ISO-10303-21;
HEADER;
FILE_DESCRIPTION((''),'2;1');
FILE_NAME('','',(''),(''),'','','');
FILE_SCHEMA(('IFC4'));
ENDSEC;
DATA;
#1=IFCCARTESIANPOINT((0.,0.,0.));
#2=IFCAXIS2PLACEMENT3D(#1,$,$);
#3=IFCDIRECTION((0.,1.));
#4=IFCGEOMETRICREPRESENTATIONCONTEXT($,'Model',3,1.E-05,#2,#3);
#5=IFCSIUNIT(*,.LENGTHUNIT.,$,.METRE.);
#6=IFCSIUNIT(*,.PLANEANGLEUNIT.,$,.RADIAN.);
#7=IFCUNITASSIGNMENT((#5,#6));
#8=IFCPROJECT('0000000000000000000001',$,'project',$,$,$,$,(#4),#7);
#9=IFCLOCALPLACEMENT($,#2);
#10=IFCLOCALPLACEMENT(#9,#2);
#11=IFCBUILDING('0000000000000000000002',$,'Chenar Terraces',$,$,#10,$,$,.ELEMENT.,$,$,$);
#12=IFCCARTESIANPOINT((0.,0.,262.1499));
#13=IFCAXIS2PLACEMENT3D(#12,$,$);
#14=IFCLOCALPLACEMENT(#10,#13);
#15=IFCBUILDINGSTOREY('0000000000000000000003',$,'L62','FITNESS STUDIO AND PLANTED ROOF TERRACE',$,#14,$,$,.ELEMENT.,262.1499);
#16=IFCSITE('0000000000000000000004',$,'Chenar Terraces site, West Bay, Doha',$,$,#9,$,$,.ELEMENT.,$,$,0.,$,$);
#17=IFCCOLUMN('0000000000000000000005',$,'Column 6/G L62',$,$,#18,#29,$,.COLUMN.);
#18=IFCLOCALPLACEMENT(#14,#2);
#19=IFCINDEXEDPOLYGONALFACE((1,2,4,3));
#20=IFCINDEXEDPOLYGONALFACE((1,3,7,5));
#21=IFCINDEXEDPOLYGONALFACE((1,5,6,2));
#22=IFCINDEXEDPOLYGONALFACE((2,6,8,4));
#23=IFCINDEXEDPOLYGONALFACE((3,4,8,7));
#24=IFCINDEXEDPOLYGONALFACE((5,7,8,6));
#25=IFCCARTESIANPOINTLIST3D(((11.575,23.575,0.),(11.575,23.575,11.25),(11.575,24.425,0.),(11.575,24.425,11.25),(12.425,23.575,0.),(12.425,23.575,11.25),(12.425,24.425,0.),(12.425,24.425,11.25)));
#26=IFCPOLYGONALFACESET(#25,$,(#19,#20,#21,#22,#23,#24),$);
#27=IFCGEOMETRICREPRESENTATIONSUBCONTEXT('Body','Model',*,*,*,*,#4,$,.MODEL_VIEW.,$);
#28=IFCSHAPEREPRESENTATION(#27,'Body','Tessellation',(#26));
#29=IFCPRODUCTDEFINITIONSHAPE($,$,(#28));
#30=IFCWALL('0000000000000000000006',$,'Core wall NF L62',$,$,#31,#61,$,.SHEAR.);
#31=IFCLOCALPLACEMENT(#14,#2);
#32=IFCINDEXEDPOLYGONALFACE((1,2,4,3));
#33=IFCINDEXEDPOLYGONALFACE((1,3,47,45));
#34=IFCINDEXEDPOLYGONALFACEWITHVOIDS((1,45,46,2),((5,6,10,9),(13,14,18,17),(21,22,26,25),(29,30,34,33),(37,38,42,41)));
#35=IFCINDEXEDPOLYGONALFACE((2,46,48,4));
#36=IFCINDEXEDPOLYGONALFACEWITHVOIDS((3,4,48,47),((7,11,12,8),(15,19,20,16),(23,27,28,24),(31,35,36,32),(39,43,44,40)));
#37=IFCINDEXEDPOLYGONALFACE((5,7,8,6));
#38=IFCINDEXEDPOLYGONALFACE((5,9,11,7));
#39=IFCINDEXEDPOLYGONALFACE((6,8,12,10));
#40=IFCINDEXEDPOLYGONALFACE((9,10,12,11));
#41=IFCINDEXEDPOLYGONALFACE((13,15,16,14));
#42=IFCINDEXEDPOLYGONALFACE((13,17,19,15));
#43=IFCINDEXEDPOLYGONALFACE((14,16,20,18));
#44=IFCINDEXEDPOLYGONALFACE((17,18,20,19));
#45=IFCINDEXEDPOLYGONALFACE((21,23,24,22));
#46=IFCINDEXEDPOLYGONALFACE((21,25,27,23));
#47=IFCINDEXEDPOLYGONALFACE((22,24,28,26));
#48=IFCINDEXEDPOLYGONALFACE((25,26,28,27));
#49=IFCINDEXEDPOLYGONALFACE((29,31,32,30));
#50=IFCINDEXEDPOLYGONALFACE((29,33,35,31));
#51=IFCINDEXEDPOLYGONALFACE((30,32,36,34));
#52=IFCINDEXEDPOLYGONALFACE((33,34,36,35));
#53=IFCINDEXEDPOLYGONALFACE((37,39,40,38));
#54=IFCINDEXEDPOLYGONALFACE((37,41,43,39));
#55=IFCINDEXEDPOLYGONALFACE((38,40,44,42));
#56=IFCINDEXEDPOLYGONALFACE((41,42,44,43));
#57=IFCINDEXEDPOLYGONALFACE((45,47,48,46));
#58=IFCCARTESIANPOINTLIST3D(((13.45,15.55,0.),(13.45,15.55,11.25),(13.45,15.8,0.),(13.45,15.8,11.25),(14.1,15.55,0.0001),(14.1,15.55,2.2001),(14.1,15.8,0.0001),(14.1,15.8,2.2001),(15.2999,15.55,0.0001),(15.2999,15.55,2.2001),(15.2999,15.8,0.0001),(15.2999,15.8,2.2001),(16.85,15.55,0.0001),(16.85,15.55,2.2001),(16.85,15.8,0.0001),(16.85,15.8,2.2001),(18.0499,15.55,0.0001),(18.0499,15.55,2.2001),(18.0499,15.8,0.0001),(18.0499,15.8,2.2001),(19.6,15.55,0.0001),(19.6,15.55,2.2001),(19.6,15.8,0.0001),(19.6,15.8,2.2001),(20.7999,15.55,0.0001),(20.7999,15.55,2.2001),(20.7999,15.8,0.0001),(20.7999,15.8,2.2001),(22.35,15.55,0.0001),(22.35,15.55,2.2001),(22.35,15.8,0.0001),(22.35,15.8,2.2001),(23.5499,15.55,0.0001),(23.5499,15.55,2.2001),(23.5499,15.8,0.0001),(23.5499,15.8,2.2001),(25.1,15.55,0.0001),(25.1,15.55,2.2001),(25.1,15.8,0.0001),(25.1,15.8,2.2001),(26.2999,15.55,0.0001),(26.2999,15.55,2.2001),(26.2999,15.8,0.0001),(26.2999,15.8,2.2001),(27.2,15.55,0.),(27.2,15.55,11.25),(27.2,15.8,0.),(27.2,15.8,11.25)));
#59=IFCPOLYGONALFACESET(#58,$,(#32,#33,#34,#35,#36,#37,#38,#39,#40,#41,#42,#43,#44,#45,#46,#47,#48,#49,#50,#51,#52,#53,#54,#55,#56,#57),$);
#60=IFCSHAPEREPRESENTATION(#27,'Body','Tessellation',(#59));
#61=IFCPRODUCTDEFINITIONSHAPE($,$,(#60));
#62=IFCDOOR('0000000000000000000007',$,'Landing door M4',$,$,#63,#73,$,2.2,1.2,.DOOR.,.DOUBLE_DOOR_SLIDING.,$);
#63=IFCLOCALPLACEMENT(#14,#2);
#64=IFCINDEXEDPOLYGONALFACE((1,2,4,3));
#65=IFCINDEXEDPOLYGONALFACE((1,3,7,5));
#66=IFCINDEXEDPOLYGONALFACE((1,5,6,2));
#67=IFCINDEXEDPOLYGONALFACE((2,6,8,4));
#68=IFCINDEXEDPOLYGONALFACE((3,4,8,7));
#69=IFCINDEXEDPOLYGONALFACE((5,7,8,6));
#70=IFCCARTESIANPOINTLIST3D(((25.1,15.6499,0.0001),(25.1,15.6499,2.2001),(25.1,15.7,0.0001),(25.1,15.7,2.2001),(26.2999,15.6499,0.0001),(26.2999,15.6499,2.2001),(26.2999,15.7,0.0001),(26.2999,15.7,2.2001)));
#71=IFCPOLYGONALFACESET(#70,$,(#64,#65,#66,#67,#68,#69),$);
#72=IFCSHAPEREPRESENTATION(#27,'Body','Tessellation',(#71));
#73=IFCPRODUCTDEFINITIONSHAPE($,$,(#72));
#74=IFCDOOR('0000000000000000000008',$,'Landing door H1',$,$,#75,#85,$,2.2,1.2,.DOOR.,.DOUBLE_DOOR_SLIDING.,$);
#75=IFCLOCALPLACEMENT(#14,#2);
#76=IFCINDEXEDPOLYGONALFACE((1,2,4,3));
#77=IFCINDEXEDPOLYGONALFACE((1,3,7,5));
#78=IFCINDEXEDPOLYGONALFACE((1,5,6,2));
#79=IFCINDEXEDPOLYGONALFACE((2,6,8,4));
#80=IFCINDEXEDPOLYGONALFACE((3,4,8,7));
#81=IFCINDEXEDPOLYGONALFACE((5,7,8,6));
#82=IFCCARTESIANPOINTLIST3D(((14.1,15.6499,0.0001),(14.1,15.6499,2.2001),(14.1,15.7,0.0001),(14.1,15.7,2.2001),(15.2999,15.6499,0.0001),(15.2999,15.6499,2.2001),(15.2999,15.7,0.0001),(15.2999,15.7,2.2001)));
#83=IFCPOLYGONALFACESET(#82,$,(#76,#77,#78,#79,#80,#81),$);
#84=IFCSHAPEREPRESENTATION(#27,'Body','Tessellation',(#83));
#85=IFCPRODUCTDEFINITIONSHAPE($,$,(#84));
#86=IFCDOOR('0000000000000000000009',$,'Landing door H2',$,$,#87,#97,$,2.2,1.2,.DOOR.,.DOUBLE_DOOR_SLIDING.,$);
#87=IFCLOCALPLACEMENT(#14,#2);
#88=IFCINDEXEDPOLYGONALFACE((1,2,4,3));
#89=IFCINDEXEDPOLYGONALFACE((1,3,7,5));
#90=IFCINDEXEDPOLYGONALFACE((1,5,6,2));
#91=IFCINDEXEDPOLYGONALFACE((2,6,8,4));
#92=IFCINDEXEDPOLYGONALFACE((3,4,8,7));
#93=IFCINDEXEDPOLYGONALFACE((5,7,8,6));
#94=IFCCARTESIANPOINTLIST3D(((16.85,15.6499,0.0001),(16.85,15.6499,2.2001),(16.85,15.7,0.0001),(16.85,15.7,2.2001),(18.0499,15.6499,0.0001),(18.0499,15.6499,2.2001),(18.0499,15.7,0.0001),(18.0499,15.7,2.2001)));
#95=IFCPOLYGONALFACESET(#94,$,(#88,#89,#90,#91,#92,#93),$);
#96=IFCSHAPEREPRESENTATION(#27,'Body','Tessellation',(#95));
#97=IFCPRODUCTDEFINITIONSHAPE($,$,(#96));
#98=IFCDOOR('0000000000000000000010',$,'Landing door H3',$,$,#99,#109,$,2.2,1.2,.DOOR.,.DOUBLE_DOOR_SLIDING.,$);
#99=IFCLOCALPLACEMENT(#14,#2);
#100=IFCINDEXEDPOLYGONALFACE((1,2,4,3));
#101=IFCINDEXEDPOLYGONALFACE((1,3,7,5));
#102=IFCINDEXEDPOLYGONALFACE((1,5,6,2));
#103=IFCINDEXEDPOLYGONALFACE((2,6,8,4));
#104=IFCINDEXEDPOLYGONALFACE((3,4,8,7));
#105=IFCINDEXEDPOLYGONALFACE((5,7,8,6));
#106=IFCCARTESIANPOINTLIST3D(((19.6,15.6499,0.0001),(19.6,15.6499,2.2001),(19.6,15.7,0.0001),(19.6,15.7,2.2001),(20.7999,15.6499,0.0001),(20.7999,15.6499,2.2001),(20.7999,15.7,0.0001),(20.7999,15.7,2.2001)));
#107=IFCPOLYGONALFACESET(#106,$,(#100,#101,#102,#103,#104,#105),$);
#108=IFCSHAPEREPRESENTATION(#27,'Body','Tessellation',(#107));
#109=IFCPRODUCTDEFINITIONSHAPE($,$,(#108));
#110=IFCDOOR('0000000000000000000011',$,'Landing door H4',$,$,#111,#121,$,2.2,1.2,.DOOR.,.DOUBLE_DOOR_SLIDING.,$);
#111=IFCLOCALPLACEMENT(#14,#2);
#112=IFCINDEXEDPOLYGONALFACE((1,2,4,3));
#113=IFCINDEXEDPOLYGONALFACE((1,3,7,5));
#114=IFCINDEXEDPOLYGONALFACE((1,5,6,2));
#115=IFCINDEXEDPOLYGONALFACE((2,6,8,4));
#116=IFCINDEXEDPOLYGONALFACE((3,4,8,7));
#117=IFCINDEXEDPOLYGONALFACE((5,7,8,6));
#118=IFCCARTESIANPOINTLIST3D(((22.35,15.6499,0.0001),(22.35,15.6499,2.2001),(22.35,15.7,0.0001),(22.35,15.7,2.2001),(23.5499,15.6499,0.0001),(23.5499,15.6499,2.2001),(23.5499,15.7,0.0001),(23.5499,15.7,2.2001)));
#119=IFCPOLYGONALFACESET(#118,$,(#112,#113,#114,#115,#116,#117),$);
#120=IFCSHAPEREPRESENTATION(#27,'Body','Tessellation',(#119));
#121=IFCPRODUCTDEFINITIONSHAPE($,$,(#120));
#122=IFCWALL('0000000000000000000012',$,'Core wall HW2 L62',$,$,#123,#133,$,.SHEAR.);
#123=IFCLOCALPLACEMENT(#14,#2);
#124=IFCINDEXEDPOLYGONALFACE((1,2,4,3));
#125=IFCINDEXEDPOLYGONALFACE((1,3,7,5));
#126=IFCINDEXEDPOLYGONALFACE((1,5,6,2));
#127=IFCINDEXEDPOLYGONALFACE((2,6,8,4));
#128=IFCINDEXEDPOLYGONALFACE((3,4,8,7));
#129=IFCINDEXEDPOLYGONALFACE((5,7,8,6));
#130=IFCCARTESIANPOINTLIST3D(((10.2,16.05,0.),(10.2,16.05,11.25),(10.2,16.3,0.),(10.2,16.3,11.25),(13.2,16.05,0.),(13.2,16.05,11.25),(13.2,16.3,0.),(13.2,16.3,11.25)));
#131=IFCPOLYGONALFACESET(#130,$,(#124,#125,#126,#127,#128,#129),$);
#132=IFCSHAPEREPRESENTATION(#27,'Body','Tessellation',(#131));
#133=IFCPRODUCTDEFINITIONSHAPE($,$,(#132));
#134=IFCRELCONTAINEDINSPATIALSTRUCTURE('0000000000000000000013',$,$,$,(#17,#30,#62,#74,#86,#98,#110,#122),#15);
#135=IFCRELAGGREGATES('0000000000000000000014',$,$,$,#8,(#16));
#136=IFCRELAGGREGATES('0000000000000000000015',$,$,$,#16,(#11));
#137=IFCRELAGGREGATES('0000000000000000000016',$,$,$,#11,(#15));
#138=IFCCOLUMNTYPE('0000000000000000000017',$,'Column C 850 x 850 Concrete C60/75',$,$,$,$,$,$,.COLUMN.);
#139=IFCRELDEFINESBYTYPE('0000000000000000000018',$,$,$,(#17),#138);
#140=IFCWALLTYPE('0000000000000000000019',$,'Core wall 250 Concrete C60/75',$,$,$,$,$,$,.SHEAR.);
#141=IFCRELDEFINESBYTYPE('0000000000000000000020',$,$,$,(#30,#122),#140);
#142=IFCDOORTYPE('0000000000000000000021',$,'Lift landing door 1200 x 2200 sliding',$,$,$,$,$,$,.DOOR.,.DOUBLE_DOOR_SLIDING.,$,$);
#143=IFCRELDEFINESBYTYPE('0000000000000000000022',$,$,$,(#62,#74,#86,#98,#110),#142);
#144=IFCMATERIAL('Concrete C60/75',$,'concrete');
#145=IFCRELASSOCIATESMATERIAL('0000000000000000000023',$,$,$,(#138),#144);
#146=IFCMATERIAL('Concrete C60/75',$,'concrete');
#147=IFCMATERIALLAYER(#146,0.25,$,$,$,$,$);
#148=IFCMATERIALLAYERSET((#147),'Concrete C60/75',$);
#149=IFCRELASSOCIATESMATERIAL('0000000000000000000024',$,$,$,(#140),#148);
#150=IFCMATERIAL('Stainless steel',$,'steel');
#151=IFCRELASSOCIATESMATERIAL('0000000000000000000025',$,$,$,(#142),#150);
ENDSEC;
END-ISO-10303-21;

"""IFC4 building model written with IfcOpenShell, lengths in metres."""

from ifc_helpers import new_model, si_unit, direction, frame, frame_2d, origin, origin_2d, place, context, subcontext, project, spatial, rectangle, extrude, material, layer, layer_set, material_profile, profile_set, type_object, element, fill, save


model = new_model("IFC4")

# Units and contexts
model_context = context("Model", 3, precision=1e-05, world=origin(), true_north=direction((0.0, 1.0)))
body_context = subcontext(model_context, "Body", "Model", "MODEL_VIEW")
ifc_project = project(units=[si_unit("LENGTHUNIT", "METRE"), si_unit("PLANEANGLEUNIT", "RADIAN")], contexts=[model_context])

# Site, building, storey
site_placement = place(None, origin())
site = spatial("IfcSite", under=ifc_project, at=site_placement, Name="Chenar Terraces site, West Bay, Doha", CompositionType="ELEMENT", RefElevation=0.0)
building_placement = place(site_placement, origin())
building = spatial("IfcBuilding", under=site, at=building_placement, Name="Chenar Terraces", CompositionType="ELEMENT")
storey_placement = place(building_placement, frame((0.0, 0.0, 262.1499)))
storey = spatial("IfcBuildingStorey", under=building, at=storey_placement, Name="L62", Description="FITNESS STUDIO AND PLANTED ROOF TERRACE", CompositionType="ELEMENT", Elevation=262.1499)

# Column
ifc_material_1 = material(Name="Concrete C60/75", Category="concrete")
ifc_material_profile = material_profile(ifc_material_1, rectangle(XDim=0.8501, YDim=0.8501, at=origin_2d()), Name="C 850 x 850")
ifc_profile_set = profile_set([ifc_material_profile], Name="Concrete C60/75")
column_type = type_object("IfcColumnType", Name="Column C 850 x 850 Concrete C60/75", PredefinedType="COLUMN", material=ifc_profile_set)
column_placement = place(storey_placement, frame((12.0, 24.0, 0.0), z_axis=(0.0, 0.0, 1.0), x_axis=(1.0, 0.0, 0.0)))
element("IfcColumn", 1, at=column_placement, inside=storey, type_object=column_type, Name="Column 6/G L62", PredefinedType="COLUMN", context=body_context, shape_type="SweptSolid", body=[
    extrude(rectangle(XDim=0.8501, YDim=0.8501, at=origin_2d()), origin(), (0.0, 0.0, 1.0), 11.25),
])

# Wall, openings, doors
ifc_material_2 = material(Name="Concrete C60/75", Category="concrete")
ifc_layer_1 = layer(ifc_material_2, 0.25)
ifc_layer_set_1 = layer_set([ifc_layer_1], Name="Concrete C60/75")
wall_type_1 = type_object("IfcWallType", Name="Core wall 250 Concrete C60/75", PredefinedType="SHEAR", material=ifc_layer_set_1)
wall_1_placement = place(storey_placement, frame((13.45, 15.675, 0.0), z_axis=(0.0, 0.0, 1.0), x_axis=(1.0, 0.0, 0.0)))
wall_1 = element("IfcWall", 2, at=wall_1_placement, inside=storey, type_object=wall_type_1, Name="Core wall NF L62", PredefinedType="SHEAR", context=body_context, shape_type="SweptSolid", body=[
    extrude(rectangle(XDim=13.75, YDim=0.25, at=frame_2d((6.875, 0.0))), origin(), (0.0, 0.0, 1.0), 11.25),
])
opening_1_placement = place(wall_1_placement, frame((11.6499, 0.0, 0.0)))
opening_1 = element("IfcOpeningElement", 3, at=opening_1_placement, cuts=wall_1, PredefinedType="OPENING", context=body_context, shape_type="SweptSolid", body=[
    extrude(rectangle(XDim=1.2, YDim=2.2, at=frame_2d((0.6001, 1.1001))), frame((0.0, 0.135, 0.0), z_axis=(0.0, -1.0, 0.0), x_axis=(1.0, 0.0, 0.0)), (0.0, 0.0, 1.0), 0.27),
])
opening_2_placement = place(wall_1_placement, frame((0.6499, 0.0, 0.0)))
opening_2 = element("IfcOpeningElement", 4, at=opening_2_placement, cuts=wall_1, PredefinedType="OPENING", context=body_context, shape_type="SweptSolid", body=[
    extrude(rectangle(XDim=1.2, YDim=2.2, at=frame_2d((0.6001, 1.1001))), frame((0.0, 0.135, 0.0), z_axis=(0.0, -1.0, 0.0), x_axis=(1.0, 0.0, 0.0)), (0.0, 0.0, 1.0), 0.27),
])
opening_3_placement = place(wall_1_placement, frame((3.3999, 0.0, 0.0)))
opening_3 = element("IfcOpeningElement", 5, at=opening_3_placement, cuts=wall_1, PredefinedType="OPENING", context=body_context, shape_type="SweptSolid", body=[
    extrude(rectangle(XDim=1.2, YDim=2.2, at=frame_2d((0.6001, 1.1001))), frame((0.0, 0.135, 0.0), z_axis=(0.0, -1.0, 0.0), x_axis=(1.0, 0.0, 0.0)), (0.0, 0.0, 1.0), 0.27),
])
opening_4_placement = place(wall_1_placement, frame((6.1499, 0.0, 0.0)))
opening_4 = element("IfcOpeningElement", 6, at=opening_4_placement, cuts=wall_1, PredefinedType="OPENING", context=body_context, shape_type="SweptSolid", body=[
    extrude(rectangle(XDim=1.2, YDim=2.2, at=frame_2d((0.6001, 1.1001))), frame((0.0, 0.135, 0.0), z_axis=(0.0, -1.0, 0.0), x_axis=(1.0, 0.0, 0.0)), (0.0, 0.0, 1.0), 0.27),
])
opening_5_placement = place(wall_1_placement, frame((8.8999, 0.0, 0.0)))
opening_5 = element("IfcOpeningElement", 7, at=opening_5_placement, cuts=wall_1, PredefinedType="OPENING", context=body_context, shape_type="SweptSolid", body=[
    extrude(rectangle(XDim=1.2, YDim=2.2, at=frame_2d((0.6001, 1.1001))), frame((0.0, 0.135, 0.0), z_axis=(0.0, -1.0, 0.0), x_axis=(1.0, 0.0, 0.0)), (0.0, 0.0, 1.0), 0.27),
])
ifc_material_3 = material(Name="Stainless steel", Category="steel")
door_type_1 = type_object("IfcDoorType", Name="Lift landing door 1200 x 2200 sliding", OperationType="DOUBLE_DOOR_SLIDING", PredefinedType="DOOR", material=ifc_material_3)
door_1_placement = place(opening_1_placement, origin())
door_1 = element("IfcDoor", 8, at=door_1_placement, inside=storey, type_object=door_type_1, Name="Landing door M4", OperationType="DOUBLE_DOOR_SLIDING", OverallHeight=2.2, OverallWidth=1.2, PredefinedType="DOOR", context=body_context, shape_type="SweptSolid", body=[
    extrude(rectangle(XDim=1.2, YDim=2.2, at=frame_2d((0.6001, 1.1001))), frame((0.0, 0.0249, 0.0), z_axis=(0.0, -1.0, 0.0), x_axis=(1.0, 0.0, 0.0)), (0.0, 0.0, 1.0), 0.05),
])
fill(opening_1, door_1)
door_2_placement = place(opening_2_placement, origin())
door_2 = element("IfcDoor", 9, at=door_2_placement, inside=storey, type_object=door_type_1, Name="Landing door H1", OperationType="DOUBLE_DOOR_SLIDING", OverallHeight=2.2, OverallWidth=1.2, PredefinedType="DOOR", context=body_context, shape_type="SweptSolid", body=[
    extrude(rectangle(XDim=1.2, YDim=2.2, at=frame_2d((0.6001, 1.1001))), frame((0.0, 0.0249, 0.0), z_axis=(0.0, -1.0, 0.0), x_axis=(1.0, 0.0, 0.0)), (0.0, 0.0, 1.0), 0.05),
])
fill(opening_2, door_2)
door_3_placement = place(opening_3_placement, origin())
door_3 = element("IfcDoor", 10, at=door_3_placement, inside=storey, type_object=door_type_1, Name="Landing door H2", OperationType="DOUBLE_DOOR_SLIDING", OverallHeight=2.2, OverallWidth=1.2, PredefinedType="DOOR", context=body_context, shape_type="SweptSolid", body=[
    extrude(rectangle(XDim=1.2, YDim=2.2, at=frame_2d((0.6001, 1.1001))), frame((0.0, 0.0249, 0.0), z_axis=(0.0, -1.0, 0.0), x_axis=(1.0, 0.0, 0.0)), (0.0, 0.0, 1.0), 0.05),
])
fill(opening_3, door_3)
door_4_placement = place(opening_4_placement, origin())
door_4 = element("IfcDoor", 11, at=door_4_placement, inside=storey, type_object=door_type_1, Name="Landing door H3", OperationType="DOUBLE_DOOR_SLIDING", OverallHeight=2.2, OverallWidth=1.2, PredefinedType="DOOR", context=body_context, shape_type="SweptSolid", body=[
    extrude(rectangle(XDim=1.2, YDim=2.2, at=frame_2d((0.6001, 1.1001))), frame((0.0, 0.0249, 0.0), z_axis=(0.0, -1.0, 0.0), x_axis=(1.0, 0.0, 0.0)), (0.0, 0.0, 1.0), 0.05),
])
fill(opening_4, door_4)
door_5_placement = place(opening_5_placement, origin())
door_5 = element("IfcDoor", 12, at=door_5_placement, inside=storey, type_object=door_type_1, Name="Landing door H4", OperationType="DOUBLE_DOOR_SLIDING", OverallHeight=2.2, OverallWidth=1.2, PredefinedType="DOOR", context=body_context, shape_type="SweptSolid", body=[
    extrude(rectangle(XDim=1.2, YDim=2.2, at=frame_2d((0.6001, 1.1001))), frame((0.0, 0.0249, 0.0), z_axis=(0.0, -1.0, 0.0), x_axis=(1.0, 0.0, 0.0)), (0.0, 0.0, 1.0), 0.05),
])
fill(opening_5, door_5)

# Wall
wall_2_placement = place(storey_placement, frame((10.2, 16.175, 0.0), z_axis=(0.0, 0.0, 1.0), x_axis=(1.0, 0.0, 0.0)))
element("IfcWall", 13, at=wall_2_placement, inside=storey, type_object=wall_type_1, Name="Core wall HW2 L62", PredefinedType="SHEAR", context=body_context, shape_type="SweptSolid", body=[
    extrude(rectangle(XDim=3.0, YDim=0.25, at=frame_2d((1.5, 0.0))), origin(), (0.0, 0.0, 1.0), 11.25),
])

save(model, "model.ifc")
